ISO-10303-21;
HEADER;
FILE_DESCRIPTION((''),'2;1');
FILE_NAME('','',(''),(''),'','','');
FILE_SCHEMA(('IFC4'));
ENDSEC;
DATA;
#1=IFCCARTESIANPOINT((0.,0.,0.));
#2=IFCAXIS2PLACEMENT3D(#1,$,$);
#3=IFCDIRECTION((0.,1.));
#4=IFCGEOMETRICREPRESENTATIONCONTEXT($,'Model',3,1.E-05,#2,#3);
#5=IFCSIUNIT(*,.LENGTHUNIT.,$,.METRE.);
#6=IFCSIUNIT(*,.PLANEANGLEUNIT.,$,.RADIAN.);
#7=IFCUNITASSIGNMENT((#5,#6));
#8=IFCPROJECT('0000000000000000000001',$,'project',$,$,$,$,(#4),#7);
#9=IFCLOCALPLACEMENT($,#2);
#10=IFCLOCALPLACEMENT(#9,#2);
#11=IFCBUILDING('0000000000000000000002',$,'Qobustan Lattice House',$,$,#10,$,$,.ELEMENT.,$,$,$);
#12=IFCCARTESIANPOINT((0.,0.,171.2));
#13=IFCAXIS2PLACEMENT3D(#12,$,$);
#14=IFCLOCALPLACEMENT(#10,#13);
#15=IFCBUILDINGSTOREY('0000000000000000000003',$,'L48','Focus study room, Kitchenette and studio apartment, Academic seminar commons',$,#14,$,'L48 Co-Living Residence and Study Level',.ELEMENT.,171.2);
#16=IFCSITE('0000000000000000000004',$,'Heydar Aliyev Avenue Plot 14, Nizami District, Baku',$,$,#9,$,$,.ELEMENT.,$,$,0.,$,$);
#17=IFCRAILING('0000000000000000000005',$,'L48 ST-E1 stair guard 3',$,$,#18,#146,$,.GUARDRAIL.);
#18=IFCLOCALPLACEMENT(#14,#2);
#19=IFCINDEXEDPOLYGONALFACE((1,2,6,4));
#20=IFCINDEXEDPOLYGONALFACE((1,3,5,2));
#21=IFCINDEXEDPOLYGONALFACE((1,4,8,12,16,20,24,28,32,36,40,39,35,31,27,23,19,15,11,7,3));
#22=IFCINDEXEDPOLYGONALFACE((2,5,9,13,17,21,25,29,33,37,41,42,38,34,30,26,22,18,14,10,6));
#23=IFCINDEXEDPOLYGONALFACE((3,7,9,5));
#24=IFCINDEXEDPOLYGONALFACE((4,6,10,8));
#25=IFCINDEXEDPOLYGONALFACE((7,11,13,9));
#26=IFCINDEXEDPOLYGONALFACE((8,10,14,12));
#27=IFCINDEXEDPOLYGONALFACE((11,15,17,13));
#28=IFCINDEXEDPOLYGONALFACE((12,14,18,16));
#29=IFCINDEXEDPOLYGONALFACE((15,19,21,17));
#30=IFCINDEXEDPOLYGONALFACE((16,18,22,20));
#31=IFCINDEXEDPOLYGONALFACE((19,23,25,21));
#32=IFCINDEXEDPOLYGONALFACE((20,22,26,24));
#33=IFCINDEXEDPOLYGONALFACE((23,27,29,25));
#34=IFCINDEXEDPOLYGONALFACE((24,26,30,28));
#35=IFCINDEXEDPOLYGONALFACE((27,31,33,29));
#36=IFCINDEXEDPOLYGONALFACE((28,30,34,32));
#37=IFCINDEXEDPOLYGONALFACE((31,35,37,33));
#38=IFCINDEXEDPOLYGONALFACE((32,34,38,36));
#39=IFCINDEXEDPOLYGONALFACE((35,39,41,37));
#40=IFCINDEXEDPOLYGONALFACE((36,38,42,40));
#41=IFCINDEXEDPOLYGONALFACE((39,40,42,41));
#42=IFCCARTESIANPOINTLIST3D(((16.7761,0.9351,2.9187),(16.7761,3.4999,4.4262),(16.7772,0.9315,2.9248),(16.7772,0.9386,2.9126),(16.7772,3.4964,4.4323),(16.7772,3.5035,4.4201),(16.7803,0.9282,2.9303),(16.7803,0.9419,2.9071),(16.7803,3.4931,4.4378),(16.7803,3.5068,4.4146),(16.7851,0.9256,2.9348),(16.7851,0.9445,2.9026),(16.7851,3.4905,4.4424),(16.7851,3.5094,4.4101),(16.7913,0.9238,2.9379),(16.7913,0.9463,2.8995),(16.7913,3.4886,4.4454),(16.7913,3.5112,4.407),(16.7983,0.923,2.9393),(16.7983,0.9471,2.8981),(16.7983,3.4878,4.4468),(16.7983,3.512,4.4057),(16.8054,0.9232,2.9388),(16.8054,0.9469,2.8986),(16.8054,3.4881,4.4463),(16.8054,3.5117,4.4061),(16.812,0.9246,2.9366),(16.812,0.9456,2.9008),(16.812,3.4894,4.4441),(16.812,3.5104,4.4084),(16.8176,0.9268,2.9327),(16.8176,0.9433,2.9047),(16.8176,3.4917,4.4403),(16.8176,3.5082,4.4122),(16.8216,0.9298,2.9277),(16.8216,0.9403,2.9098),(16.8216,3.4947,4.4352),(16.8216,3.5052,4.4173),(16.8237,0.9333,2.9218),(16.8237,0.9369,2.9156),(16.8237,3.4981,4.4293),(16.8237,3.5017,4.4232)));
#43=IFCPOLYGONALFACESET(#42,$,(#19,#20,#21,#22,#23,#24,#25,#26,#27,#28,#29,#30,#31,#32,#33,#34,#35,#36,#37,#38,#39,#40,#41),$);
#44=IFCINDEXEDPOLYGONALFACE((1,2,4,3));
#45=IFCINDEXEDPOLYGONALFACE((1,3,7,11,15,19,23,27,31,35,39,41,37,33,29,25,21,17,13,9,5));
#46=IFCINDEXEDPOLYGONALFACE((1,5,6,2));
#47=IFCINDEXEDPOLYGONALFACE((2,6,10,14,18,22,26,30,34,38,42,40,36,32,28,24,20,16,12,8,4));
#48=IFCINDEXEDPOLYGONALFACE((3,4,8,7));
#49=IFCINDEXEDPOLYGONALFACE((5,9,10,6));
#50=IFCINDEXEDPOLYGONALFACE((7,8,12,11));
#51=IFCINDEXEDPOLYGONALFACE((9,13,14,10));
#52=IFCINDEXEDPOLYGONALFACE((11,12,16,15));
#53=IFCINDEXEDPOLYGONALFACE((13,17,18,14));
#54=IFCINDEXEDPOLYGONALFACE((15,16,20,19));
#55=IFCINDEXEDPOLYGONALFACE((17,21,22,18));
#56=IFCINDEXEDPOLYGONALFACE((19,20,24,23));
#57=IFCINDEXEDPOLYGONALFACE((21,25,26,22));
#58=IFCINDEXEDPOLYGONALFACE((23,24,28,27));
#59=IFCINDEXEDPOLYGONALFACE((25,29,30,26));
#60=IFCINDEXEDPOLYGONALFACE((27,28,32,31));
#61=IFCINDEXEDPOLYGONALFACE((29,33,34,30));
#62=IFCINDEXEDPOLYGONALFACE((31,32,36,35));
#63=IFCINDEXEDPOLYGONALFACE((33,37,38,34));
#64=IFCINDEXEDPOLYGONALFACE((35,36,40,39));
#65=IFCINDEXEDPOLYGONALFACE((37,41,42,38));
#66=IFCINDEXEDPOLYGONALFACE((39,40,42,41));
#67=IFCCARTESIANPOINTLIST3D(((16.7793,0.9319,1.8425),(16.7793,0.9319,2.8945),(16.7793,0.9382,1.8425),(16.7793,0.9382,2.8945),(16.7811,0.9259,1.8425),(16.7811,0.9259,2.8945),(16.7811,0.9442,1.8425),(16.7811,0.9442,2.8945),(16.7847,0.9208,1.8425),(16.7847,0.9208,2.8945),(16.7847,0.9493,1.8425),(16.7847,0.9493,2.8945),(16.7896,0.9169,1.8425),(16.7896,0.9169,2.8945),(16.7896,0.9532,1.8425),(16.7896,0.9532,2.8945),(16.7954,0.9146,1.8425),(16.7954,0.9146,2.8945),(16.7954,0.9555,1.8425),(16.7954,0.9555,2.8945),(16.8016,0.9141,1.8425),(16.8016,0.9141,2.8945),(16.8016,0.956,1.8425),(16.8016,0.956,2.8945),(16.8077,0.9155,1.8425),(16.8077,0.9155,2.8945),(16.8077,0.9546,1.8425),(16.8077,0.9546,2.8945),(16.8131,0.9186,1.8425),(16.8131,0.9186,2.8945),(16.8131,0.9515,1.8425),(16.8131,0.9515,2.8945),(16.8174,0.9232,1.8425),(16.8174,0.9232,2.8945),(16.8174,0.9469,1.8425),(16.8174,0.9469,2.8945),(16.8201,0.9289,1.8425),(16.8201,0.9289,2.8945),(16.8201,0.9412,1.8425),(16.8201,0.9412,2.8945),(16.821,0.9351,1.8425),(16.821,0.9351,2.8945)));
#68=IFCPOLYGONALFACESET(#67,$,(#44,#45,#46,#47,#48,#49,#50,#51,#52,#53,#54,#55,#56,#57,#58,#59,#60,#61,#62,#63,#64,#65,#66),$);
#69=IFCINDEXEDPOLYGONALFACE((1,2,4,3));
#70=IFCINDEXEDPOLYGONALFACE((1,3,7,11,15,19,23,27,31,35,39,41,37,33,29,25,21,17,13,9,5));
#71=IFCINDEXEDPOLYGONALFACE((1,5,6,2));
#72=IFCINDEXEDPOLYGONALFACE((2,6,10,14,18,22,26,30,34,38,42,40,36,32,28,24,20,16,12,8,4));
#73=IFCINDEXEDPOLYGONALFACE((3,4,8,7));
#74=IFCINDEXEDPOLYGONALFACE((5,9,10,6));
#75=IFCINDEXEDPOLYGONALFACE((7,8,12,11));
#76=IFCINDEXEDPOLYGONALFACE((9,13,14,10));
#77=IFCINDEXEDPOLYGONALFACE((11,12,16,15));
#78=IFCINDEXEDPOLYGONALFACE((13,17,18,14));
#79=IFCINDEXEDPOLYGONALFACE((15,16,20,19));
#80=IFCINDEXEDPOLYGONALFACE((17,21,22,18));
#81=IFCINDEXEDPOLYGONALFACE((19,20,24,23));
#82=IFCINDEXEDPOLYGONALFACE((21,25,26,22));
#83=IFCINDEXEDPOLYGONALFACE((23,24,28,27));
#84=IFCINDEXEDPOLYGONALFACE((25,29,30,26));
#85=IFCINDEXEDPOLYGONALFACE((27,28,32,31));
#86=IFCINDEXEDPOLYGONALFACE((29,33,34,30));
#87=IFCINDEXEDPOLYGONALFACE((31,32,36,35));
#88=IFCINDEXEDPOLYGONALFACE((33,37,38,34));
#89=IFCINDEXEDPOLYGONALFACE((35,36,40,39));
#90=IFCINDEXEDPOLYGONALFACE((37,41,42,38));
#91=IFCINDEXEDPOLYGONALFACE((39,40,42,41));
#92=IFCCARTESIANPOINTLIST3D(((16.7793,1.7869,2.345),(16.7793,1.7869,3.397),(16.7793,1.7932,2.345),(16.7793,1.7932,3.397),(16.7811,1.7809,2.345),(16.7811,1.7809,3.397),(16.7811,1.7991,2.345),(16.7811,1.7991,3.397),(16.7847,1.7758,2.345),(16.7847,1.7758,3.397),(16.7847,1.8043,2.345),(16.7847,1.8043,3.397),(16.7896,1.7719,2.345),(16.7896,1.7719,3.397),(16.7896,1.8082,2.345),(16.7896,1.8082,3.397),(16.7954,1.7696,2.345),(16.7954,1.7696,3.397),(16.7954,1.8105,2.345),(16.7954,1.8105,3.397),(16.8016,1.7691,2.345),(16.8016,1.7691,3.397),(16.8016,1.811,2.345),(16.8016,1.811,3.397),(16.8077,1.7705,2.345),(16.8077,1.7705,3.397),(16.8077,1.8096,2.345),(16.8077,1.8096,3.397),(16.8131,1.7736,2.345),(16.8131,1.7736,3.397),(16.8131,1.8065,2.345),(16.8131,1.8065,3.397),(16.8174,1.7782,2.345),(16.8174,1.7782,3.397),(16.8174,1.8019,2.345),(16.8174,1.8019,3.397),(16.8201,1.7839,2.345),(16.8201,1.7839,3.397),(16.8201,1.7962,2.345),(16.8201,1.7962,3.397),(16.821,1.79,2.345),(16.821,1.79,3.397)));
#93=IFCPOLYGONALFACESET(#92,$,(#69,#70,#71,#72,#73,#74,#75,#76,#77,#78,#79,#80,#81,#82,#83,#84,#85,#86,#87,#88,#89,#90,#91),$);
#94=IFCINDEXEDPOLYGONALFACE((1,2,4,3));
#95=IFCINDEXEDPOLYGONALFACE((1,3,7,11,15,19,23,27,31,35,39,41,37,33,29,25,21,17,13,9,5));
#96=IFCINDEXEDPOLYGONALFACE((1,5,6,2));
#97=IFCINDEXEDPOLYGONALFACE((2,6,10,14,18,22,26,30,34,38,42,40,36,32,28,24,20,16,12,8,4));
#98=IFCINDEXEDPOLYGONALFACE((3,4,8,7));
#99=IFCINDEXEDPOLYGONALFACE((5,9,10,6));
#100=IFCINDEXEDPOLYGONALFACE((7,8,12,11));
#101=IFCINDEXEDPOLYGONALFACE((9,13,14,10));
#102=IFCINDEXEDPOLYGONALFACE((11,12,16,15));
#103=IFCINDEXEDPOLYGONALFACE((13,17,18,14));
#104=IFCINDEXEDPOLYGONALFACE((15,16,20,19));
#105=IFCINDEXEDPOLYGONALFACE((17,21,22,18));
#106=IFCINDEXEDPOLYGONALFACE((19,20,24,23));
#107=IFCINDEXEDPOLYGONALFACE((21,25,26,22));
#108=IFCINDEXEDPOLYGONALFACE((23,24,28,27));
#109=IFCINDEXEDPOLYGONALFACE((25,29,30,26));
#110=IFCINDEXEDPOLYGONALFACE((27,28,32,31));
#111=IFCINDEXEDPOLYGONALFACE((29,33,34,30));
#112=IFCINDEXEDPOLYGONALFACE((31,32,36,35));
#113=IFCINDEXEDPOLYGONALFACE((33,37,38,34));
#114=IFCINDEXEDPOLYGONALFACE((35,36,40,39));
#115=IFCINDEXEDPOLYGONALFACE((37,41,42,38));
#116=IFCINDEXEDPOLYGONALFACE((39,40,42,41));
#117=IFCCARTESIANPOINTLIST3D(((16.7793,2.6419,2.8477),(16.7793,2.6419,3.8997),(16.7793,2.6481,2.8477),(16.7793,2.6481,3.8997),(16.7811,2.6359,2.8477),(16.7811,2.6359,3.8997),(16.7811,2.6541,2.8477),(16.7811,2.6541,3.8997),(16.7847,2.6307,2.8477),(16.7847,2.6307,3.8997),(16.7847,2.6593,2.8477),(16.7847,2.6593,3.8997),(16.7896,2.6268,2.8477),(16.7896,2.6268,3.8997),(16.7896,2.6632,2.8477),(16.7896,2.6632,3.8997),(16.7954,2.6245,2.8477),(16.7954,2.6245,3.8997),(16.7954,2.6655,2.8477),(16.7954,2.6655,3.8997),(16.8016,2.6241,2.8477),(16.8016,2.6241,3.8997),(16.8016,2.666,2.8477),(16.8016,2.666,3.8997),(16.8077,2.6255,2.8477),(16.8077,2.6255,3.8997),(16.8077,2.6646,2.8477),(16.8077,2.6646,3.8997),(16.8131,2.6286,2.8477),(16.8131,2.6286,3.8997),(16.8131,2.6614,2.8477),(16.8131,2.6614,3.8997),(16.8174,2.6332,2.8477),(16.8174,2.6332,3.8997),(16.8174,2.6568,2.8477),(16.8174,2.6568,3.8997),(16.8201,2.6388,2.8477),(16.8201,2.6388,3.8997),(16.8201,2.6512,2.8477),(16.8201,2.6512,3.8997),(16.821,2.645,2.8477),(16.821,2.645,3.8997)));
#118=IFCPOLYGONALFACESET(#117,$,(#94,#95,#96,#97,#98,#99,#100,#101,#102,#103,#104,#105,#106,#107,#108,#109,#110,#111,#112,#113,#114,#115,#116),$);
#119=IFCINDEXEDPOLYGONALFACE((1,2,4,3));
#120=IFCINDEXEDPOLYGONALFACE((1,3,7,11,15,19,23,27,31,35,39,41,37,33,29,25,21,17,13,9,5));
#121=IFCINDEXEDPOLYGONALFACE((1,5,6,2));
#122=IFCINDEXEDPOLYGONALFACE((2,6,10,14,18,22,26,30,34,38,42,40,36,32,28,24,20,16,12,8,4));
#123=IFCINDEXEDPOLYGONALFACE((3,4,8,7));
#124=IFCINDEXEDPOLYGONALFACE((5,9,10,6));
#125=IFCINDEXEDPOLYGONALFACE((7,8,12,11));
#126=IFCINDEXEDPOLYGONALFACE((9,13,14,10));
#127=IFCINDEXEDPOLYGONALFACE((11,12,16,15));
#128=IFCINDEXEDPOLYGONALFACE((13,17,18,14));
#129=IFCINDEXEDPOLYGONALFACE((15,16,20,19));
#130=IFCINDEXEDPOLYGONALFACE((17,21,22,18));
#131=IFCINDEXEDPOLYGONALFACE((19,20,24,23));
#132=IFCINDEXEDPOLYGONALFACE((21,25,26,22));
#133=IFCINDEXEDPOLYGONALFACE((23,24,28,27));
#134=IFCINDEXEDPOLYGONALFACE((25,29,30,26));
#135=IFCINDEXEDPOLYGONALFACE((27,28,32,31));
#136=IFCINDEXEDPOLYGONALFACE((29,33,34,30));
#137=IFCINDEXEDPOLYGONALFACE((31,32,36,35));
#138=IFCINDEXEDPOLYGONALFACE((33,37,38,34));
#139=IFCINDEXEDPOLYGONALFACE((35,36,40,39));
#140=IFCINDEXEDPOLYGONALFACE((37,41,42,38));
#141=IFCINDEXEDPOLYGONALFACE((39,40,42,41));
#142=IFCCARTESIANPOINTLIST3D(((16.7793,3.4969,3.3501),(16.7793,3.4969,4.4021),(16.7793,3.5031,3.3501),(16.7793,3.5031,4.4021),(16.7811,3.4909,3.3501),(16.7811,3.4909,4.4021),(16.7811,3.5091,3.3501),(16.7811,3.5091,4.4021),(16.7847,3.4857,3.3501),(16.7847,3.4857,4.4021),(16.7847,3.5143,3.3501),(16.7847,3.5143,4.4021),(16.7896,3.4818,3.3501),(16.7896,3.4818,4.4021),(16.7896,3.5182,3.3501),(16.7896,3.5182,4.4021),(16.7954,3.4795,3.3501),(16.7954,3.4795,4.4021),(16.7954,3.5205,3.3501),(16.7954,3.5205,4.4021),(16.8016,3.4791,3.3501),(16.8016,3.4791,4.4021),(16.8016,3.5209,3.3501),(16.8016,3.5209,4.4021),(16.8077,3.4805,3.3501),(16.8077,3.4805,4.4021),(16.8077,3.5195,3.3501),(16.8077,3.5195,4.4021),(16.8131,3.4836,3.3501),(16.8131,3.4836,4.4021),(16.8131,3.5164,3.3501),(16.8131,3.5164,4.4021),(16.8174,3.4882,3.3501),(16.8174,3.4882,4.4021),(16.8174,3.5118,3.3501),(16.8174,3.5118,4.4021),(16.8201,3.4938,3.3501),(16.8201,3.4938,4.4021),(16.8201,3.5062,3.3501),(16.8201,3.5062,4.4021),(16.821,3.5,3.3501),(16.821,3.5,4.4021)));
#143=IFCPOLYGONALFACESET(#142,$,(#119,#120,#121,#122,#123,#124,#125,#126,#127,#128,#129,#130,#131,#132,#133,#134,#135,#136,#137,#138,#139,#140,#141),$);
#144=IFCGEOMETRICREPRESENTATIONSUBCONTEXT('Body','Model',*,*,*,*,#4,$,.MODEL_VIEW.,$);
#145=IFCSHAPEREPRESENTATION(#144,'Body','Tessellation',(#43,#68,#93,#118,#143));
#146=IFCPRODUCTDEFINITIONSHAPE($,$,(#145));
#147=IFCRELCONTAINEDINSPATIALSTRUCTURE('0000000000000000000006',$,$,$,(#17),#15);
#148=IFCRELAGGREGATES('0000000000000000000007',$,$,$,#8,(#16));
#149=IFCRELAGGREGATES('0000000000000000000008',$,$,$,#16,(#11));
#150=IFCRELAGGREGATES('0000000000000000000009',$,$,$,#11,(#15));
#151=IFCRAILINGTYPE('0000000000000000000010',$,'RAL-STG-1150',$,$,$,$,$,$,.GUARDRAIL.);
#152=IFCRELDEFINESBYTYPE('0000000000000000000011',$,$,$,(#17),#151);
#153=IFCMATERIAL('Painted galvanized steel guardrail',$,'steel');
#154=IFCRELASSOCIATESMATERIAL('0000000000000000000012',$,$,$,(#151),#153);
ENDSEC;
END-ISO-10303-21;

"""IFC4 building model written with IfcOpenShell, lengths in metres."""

from ifc_helpers import new_model, si_unit, direction, frame, origin, origin_2d, place, context, subcontext, project, spatial, circle, extrude, material, type_object, element, save


model = new_model("IFC4")

# Units and contexts
model_context = context("Model", 3, precision=1e-05, world=origin(), true_north=direction((0.0, 1.0)))
body_context = subcontext(model_context, "Body", "Model", "MODEL_VIEW")
ifc_project = project(units=[si_unit("LENGTHUNIT", "METRE"), si_unit("PLANEANGLEUNIT", "RADIAN")], contexts=[model_context])

# Site, building, storey
site_placement = place(None, origin())
site = spatial("IfcSite", under=ifc_project, at=site_placement, Name="Heydar Aliyev Avenue Plot 14, Nizami District, Baku", CompositionType="ELEMENT", RefElevation=0.0)
building_placement = place(site_placement, origin())
building = spatial("IfcBuilding", under=site, at=building_placement, Name="Qobustan Lattice House", CompositionType="ELEMENT")
storey_placement = place(building_placement, frame((0.0, 0.0, 171.2)))
storey = spatial("IfcBuildingStorey", under=building, at=storey_placement, Name="L48", Description="Focus study room, Kitchenette and studio apartment, Academic seminar commons", LongName="L48 Co-Living Residence and Study Level", CompositionType="ELEMENT", Elevation=171.2)

# Railing
ifc_material_1 = material(Name="Painted galvanized steel guardrail", Category="steel")
railing_type_1 = type_object("IfcRailingType", Name="RAL-STG-1150", PredefinedType="GUARDRAIL", material=ifc_material_1)
railing_1_placement = place(storey_placement, frame((16.8, 0.9351, 1.8425)))
element("IfcRailing", 1, at=railing_1_placement, inside=storey, type_object=railing_type_1, Name="L48 ST-E1 stair guard 3", PredefinedType="GUARDRAIL", context=body_context, shape_type="SweptSolid", body=[
    extrude(circle(Radius=0.0239, at=origin_2d()), frame((0.0, 0.0, 1.0762), z_axis=(0.0, 0.862113, 0.506715), x_axis=(-1.0, 0.0, 0.0)), (0.0, 0.0, 1.0), 2.9751),
    extrude(circle(Radius=0.021, at=origin_2d()), origin(), (0.0, 0.0, 1.0), 1.052),
    extrude(circle(Radius=0.021, at=origin_2d()), frame((0.0, 0.855, 0.5024)), (0.0, 0.0, 1.0), 1.052),
    extrude(circle(Radius=0.021, at=origin_2d()), frame((0.0, 1.71, 1.0051)), (0.0, 0.0, 1.0), 1.052),
    extrude(circle(Radius=0.021, at=origin_2d()), frame((0.0, 2.5649, 1.5076)), (0.0, 0.0, 1.0), 1.052),
])

save(model, "model.ifc")
